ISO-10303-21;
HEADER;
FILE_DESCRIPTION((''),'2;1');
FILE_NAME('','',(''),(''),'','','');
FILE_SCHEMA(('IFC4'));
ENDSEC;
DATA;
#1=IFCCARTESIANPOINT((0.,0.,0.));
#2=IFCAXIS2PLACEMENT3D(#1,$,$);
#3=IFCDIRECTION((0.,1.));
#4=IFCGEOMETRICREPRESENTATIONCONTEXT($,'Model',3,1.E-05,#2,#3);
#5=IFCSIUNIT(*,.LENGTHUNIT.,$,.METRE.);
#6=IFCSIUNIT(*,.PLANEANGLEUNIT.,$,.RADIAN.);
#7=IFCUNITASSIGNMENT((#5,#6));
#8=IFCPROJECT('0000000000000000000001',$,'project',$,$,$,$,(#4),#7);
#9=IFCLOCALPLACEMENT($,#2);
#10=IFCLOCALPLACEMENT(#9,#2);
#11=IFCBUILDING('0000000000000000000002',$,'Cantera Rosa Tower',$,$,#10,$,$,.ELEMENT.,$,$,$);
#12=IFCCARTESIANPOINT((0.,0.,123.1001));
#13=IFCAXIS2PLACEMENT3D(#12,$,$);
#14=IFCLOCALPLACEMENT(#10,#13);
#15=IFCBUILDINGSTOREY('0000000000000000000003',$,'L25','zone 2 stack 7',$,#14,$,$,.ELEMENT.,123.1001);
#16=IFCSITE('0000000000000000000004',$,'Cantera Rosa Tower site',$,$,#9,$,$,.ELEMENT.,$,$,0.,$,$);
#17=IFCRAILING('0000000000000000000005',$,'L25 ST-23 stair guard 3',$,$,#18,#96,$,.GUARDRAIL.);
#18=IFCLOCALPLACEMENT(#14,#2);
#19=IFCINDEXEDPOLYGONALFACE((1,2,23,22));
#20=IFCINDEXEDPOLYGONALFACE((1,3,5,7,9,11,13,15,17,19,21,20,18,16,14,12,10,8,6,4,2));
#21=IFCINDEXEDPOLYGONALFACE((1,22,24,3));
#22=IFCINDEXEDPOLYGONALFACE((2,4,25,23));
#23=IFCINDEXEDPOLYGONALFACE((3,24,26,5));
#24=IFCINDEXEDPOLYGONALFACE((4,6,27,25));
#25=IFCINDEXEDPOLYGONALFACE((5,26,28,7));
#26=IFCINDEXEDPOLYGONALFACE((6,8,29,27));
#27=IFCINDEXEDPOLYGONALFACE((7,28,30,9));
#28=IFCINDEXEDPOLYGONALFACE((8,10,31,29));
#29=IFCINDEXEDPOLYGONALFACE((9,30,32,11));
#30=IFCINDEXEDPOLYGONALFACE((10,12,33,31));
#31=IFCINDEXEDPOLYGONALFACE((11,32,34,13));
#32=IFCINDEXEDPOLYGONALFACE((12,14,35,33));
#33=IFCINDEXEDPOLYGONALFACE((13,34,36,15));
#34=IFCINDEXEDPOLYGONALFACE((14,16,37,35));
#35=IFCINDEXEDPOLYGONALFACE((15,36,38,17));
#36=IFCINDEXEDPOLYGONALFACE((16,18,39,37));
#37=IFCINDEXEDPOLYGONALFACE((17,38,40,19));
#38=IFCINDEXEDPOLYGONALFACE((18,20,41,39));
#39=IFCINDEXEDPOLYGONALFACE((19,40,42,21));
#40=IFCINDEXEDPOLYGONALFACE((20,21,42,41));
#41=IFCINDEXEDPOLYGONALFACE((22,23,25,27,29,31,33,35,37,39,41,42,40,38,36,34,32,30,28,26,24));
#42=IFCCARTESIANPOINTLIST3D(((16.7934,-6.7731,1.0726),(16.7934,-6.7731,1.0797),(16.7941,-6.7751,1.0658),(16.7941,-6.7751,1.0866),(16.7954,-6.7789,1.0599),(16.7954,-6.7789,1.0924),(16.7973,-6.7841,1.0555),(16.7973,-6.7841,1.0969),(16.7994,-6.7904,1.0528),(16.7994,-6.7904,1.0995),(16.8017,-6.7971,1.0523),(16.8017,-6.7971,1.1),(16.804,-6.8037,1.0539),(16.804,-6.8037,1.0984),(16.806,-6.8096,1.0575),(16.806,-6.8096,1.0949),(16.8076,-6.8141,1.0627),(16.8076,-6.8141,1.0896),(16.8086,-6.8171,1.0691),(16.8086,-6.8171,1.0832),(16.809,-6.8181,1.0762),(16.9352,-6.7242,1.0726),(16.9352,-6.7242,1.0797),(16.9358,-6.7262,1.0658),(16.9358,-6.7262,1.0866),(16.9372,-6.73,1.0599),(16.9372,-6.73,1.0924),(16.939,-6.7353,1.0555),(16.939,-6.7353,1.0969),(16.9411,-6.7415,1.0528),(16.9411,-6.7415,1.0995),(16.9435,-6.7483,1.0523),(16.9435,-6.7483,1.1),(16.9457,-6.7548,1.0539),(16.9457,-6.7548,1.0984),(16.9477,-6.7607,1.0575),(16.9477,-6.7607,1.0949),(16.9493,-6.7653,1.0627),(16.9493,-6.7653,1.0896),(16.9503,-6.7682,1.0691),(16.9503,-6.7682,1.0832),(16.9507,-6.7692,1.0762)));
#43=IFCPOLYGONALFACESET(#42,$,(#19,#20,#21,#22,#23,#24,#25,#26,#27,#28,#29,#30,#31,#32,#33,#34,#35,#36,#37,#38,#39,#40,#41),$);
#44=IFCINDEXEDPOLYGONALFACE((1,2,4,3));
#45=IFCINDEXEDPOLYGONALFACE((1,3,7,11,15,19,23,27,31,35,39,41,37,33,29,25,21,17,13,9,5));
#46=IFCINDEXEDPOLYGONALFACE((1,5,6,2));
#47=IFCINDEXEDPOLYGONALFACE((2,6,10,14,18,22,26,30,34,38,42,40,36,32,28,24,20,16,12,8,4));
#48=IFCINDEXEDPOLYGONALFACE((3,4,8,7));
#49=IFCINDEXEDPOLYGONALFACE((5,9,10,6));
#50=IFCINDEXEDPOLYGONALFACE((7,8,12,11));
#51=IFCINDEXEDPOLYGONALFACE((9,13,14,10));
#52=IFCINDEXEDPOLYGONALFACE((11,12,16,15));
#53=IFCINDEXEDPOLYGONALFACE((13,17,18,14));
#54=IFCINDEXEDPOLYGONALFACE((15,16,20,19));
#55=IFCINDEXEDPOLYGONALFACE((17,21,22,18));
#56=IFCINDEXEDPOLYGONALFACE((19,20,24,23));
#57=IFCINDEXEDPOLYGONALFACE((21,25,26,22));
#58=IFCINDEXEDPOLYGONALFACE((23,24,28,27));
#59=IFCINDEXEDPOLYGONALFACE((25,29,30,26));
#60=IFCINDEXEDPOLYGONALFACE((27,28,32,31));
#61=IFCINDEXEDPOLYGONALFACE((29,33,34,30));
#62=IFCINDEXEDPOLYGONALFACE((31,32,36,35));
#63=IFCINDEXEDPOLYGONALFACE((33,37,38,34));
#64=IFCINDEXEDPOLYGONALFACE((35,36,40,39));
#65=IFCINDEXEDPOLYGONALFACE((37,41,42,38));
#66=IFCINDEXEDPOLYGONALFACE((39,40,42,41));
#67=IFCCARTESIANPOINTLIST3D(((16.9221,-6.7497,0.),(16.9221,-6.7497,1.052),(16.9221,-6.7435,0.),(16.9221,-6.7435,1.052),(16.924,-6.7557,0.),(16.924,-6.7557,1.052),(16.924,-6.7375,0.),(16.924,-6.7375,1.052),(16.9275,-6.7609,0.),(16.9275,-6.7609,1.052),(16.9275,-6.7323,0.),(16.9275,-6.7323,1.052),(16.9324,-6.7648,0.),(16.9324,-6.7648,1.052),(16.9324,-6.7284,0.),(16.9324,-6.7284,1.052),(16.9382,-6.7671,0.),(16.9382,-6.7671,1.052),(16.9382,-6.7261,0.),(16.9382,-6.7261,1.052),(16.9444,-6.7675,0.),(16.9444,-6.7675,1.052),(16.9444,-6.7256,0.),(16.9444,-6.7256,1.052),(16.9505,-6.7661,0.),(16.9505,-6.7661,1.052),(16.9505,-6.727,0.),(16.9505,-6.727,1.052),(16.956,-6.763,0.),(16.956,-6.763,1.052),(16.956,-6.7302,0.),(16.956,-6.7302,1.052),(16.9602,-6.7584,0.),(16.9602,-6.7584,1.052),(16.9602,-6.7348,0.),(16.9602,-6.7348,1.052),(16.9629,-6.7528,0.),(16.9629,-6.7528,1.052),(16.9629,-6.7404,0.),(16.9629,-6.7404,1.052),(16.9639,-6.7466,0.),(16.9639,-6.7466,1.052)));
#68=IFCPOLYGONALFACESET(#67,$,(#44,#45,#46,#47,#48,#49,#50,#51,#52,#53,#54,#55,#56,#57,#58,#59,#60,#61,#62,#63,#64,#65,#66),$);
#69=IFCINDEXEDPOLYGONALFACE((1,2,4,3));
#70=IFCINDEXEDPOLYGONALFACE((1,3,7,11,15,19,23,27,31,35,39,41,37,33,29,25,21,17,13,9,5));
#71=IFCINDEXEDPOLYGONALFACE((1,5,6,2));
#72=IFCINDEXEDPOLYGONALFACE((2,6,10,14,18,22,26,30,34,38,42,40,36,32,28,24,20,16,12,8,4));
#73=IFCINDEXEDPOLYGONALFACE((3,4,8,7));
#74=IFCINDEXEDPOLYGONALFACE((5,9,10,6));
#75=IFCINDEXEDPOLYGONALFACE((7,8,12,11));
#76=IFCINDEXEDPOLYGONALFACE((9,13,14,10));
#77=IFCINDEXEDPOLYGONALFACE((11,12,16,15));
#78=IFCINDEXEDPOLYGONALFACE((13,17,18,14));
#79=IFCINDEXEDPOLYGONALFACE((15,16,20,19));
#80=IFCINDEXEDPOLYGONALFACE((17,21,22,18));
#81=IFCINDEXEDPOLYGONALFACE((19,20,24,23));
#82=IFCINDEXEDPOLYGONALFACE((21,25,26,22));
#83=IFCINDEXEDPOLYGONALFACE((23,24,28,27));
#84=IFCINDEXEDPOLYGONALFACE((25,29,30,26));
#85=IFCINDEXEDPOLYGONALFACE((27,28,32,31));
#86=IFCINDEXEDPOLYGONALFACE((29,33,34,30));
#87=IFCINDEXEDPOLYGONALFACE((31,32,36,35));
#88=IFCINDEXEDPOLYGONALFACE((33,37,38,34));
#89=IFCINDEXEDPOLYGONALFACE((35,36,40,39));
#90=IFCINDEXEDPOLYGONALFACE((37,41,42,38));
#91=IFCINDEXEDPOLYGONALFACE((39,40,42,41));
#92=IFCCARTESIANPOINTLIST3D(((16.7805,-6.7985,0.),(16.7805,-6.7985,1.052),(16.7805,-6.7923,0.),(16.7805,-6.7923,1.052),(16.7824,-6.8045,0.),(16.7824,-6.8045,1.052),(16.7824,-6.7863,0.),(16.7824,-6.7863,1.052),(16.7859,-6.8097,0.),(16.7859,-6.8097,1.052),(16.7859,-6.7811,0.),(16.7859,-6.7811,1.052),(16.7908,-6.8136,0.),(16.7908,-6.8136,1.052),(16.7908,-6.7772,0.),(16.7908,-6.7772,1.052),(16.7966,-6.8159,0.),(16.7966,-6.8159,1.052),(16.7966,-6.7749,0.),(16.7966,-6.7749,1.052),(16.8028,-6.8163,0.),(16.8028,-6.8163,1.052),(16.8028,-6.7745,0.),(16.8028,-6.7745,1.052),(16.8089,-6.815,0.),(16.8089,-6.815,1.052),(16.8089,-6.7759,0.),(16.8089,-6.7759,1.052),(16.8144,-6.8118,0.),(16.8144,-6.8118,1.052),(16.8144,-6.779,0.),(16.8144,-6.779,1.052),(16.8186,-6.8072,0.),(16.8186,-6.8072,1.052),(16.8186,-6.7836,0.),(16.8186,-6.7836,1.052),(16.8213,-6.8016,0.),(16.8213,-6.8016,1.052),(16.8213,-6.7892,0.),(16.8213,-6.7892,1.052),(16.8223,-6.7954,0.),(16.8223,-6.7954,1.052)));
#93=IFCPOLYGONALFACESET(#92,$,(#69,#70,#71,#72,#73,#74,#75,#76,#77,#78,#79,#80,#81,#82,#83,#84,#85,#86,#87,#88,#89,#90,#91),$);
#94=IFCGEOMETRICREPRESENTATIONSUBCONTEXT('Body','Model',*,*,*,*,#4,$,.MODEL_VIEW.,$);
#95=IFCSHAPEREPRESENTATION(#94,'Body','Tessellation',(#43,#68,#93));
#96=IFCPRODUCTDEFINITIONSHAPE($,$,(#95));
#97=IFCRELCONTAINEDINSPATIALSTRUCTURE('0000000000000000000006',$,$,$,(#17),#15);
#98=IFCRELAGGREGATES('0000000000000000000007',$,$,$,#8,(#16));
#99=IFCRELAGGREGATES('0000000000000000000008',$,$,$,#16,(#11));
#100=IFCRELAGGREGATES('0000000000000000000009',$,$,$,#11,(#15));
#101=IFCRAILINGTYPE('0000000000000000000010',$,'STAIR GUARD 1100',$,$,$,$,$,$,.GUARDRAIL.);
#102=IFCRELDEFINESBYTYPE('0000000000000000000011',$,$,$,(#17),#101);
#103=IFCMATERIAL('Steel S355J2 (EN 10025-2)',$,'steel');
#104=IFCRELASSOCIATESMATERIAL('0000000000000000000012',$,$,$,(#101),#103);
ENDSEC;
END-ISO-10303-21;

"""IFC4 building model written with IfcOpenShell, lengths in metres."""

from ifc_helpers import new_model, si_unit, direction, frame, origin, origin_2d, place, context, subcontext, project, spatial, circle, extrude, material, type_object, element, save


model = new_model("IFC4")

# Units and contexts
model_context = context("Model", 3, precision=1e-05, world=origin(), true_north=direction((0.0, 1.0)))
body_context = subcontext(model_context, "Body", "Model", "MODEL_VIEW")
ifc_project = project(units=[si_unit("LENGTHUNIT", "METRE"), si_unit("PLANEANGLEUNIT", "RADIAN")], contexts=[model_context])

# Site, building, storey
site_placement = place(None, origin())
site = spatial("IfcSite", under=ifc_project, at=site_placement, Name="Cantera Rosa Tower site", CompositionType="ELEMENT", RefElevation=0.0)
building_placement = place(site_placement, origin())
building = spatial("IfcBuilding", under=site, at=building_placement, Name="Cantera Rosa Tower", CompositionType="ELEMENT")
storey_placement = place(building_placement, frame((0.0, 0.0, 123.1001)))
storey = spatial("IfcBuildingStorey", under=building, at=storey_placement, Name="L25", Description="zone 2 stack 7", CompositionType="ELEMENT", Elevation=123.1001)

# Railing
ifc_material_1 = material(Name="Steel S355J2 (EN 10025-2)", Category="steel")
railing_type_1 = type_object("IfcRailingType", Name="STAIR GUARD 1100", PredefinedType="GUARDRAIL", material=ifc_material_1)
railing_1_placement = place(storey_placement, frame((16.9429, -6.7466, 0.0)))
element("IfcRailing", 1, at=railing_1_placement, inside=storey, type_object=railing_type_1, Name="L25 ST-23 stair guard 3", PredefinedType="GUARDRAIL", context=body_context, shape_type="SweptSolid", body=[
    extrude(circle(Radius=0.0239, at=origin_2d()), frame((0.0, 0.0, 1.0762), z_axis=(-0.945373, -0.325991, 0.0), x_axis=(0.325991, -0.945373, 0.0)), (0.0, 0.0, 1.0), 0.1499),
    extrude(circle(Radius=0.021, at=origin_2d()), origin(), (0.0, 0.0, 1.0), 1.052),
    extrude(circle(Radius=0.021, at=origin_2d()), frame((-0.1416, -0.0488, 0.0)), (0.0, 0.0, 1.0), 1.052),
])

save(model, "model.ifc")
